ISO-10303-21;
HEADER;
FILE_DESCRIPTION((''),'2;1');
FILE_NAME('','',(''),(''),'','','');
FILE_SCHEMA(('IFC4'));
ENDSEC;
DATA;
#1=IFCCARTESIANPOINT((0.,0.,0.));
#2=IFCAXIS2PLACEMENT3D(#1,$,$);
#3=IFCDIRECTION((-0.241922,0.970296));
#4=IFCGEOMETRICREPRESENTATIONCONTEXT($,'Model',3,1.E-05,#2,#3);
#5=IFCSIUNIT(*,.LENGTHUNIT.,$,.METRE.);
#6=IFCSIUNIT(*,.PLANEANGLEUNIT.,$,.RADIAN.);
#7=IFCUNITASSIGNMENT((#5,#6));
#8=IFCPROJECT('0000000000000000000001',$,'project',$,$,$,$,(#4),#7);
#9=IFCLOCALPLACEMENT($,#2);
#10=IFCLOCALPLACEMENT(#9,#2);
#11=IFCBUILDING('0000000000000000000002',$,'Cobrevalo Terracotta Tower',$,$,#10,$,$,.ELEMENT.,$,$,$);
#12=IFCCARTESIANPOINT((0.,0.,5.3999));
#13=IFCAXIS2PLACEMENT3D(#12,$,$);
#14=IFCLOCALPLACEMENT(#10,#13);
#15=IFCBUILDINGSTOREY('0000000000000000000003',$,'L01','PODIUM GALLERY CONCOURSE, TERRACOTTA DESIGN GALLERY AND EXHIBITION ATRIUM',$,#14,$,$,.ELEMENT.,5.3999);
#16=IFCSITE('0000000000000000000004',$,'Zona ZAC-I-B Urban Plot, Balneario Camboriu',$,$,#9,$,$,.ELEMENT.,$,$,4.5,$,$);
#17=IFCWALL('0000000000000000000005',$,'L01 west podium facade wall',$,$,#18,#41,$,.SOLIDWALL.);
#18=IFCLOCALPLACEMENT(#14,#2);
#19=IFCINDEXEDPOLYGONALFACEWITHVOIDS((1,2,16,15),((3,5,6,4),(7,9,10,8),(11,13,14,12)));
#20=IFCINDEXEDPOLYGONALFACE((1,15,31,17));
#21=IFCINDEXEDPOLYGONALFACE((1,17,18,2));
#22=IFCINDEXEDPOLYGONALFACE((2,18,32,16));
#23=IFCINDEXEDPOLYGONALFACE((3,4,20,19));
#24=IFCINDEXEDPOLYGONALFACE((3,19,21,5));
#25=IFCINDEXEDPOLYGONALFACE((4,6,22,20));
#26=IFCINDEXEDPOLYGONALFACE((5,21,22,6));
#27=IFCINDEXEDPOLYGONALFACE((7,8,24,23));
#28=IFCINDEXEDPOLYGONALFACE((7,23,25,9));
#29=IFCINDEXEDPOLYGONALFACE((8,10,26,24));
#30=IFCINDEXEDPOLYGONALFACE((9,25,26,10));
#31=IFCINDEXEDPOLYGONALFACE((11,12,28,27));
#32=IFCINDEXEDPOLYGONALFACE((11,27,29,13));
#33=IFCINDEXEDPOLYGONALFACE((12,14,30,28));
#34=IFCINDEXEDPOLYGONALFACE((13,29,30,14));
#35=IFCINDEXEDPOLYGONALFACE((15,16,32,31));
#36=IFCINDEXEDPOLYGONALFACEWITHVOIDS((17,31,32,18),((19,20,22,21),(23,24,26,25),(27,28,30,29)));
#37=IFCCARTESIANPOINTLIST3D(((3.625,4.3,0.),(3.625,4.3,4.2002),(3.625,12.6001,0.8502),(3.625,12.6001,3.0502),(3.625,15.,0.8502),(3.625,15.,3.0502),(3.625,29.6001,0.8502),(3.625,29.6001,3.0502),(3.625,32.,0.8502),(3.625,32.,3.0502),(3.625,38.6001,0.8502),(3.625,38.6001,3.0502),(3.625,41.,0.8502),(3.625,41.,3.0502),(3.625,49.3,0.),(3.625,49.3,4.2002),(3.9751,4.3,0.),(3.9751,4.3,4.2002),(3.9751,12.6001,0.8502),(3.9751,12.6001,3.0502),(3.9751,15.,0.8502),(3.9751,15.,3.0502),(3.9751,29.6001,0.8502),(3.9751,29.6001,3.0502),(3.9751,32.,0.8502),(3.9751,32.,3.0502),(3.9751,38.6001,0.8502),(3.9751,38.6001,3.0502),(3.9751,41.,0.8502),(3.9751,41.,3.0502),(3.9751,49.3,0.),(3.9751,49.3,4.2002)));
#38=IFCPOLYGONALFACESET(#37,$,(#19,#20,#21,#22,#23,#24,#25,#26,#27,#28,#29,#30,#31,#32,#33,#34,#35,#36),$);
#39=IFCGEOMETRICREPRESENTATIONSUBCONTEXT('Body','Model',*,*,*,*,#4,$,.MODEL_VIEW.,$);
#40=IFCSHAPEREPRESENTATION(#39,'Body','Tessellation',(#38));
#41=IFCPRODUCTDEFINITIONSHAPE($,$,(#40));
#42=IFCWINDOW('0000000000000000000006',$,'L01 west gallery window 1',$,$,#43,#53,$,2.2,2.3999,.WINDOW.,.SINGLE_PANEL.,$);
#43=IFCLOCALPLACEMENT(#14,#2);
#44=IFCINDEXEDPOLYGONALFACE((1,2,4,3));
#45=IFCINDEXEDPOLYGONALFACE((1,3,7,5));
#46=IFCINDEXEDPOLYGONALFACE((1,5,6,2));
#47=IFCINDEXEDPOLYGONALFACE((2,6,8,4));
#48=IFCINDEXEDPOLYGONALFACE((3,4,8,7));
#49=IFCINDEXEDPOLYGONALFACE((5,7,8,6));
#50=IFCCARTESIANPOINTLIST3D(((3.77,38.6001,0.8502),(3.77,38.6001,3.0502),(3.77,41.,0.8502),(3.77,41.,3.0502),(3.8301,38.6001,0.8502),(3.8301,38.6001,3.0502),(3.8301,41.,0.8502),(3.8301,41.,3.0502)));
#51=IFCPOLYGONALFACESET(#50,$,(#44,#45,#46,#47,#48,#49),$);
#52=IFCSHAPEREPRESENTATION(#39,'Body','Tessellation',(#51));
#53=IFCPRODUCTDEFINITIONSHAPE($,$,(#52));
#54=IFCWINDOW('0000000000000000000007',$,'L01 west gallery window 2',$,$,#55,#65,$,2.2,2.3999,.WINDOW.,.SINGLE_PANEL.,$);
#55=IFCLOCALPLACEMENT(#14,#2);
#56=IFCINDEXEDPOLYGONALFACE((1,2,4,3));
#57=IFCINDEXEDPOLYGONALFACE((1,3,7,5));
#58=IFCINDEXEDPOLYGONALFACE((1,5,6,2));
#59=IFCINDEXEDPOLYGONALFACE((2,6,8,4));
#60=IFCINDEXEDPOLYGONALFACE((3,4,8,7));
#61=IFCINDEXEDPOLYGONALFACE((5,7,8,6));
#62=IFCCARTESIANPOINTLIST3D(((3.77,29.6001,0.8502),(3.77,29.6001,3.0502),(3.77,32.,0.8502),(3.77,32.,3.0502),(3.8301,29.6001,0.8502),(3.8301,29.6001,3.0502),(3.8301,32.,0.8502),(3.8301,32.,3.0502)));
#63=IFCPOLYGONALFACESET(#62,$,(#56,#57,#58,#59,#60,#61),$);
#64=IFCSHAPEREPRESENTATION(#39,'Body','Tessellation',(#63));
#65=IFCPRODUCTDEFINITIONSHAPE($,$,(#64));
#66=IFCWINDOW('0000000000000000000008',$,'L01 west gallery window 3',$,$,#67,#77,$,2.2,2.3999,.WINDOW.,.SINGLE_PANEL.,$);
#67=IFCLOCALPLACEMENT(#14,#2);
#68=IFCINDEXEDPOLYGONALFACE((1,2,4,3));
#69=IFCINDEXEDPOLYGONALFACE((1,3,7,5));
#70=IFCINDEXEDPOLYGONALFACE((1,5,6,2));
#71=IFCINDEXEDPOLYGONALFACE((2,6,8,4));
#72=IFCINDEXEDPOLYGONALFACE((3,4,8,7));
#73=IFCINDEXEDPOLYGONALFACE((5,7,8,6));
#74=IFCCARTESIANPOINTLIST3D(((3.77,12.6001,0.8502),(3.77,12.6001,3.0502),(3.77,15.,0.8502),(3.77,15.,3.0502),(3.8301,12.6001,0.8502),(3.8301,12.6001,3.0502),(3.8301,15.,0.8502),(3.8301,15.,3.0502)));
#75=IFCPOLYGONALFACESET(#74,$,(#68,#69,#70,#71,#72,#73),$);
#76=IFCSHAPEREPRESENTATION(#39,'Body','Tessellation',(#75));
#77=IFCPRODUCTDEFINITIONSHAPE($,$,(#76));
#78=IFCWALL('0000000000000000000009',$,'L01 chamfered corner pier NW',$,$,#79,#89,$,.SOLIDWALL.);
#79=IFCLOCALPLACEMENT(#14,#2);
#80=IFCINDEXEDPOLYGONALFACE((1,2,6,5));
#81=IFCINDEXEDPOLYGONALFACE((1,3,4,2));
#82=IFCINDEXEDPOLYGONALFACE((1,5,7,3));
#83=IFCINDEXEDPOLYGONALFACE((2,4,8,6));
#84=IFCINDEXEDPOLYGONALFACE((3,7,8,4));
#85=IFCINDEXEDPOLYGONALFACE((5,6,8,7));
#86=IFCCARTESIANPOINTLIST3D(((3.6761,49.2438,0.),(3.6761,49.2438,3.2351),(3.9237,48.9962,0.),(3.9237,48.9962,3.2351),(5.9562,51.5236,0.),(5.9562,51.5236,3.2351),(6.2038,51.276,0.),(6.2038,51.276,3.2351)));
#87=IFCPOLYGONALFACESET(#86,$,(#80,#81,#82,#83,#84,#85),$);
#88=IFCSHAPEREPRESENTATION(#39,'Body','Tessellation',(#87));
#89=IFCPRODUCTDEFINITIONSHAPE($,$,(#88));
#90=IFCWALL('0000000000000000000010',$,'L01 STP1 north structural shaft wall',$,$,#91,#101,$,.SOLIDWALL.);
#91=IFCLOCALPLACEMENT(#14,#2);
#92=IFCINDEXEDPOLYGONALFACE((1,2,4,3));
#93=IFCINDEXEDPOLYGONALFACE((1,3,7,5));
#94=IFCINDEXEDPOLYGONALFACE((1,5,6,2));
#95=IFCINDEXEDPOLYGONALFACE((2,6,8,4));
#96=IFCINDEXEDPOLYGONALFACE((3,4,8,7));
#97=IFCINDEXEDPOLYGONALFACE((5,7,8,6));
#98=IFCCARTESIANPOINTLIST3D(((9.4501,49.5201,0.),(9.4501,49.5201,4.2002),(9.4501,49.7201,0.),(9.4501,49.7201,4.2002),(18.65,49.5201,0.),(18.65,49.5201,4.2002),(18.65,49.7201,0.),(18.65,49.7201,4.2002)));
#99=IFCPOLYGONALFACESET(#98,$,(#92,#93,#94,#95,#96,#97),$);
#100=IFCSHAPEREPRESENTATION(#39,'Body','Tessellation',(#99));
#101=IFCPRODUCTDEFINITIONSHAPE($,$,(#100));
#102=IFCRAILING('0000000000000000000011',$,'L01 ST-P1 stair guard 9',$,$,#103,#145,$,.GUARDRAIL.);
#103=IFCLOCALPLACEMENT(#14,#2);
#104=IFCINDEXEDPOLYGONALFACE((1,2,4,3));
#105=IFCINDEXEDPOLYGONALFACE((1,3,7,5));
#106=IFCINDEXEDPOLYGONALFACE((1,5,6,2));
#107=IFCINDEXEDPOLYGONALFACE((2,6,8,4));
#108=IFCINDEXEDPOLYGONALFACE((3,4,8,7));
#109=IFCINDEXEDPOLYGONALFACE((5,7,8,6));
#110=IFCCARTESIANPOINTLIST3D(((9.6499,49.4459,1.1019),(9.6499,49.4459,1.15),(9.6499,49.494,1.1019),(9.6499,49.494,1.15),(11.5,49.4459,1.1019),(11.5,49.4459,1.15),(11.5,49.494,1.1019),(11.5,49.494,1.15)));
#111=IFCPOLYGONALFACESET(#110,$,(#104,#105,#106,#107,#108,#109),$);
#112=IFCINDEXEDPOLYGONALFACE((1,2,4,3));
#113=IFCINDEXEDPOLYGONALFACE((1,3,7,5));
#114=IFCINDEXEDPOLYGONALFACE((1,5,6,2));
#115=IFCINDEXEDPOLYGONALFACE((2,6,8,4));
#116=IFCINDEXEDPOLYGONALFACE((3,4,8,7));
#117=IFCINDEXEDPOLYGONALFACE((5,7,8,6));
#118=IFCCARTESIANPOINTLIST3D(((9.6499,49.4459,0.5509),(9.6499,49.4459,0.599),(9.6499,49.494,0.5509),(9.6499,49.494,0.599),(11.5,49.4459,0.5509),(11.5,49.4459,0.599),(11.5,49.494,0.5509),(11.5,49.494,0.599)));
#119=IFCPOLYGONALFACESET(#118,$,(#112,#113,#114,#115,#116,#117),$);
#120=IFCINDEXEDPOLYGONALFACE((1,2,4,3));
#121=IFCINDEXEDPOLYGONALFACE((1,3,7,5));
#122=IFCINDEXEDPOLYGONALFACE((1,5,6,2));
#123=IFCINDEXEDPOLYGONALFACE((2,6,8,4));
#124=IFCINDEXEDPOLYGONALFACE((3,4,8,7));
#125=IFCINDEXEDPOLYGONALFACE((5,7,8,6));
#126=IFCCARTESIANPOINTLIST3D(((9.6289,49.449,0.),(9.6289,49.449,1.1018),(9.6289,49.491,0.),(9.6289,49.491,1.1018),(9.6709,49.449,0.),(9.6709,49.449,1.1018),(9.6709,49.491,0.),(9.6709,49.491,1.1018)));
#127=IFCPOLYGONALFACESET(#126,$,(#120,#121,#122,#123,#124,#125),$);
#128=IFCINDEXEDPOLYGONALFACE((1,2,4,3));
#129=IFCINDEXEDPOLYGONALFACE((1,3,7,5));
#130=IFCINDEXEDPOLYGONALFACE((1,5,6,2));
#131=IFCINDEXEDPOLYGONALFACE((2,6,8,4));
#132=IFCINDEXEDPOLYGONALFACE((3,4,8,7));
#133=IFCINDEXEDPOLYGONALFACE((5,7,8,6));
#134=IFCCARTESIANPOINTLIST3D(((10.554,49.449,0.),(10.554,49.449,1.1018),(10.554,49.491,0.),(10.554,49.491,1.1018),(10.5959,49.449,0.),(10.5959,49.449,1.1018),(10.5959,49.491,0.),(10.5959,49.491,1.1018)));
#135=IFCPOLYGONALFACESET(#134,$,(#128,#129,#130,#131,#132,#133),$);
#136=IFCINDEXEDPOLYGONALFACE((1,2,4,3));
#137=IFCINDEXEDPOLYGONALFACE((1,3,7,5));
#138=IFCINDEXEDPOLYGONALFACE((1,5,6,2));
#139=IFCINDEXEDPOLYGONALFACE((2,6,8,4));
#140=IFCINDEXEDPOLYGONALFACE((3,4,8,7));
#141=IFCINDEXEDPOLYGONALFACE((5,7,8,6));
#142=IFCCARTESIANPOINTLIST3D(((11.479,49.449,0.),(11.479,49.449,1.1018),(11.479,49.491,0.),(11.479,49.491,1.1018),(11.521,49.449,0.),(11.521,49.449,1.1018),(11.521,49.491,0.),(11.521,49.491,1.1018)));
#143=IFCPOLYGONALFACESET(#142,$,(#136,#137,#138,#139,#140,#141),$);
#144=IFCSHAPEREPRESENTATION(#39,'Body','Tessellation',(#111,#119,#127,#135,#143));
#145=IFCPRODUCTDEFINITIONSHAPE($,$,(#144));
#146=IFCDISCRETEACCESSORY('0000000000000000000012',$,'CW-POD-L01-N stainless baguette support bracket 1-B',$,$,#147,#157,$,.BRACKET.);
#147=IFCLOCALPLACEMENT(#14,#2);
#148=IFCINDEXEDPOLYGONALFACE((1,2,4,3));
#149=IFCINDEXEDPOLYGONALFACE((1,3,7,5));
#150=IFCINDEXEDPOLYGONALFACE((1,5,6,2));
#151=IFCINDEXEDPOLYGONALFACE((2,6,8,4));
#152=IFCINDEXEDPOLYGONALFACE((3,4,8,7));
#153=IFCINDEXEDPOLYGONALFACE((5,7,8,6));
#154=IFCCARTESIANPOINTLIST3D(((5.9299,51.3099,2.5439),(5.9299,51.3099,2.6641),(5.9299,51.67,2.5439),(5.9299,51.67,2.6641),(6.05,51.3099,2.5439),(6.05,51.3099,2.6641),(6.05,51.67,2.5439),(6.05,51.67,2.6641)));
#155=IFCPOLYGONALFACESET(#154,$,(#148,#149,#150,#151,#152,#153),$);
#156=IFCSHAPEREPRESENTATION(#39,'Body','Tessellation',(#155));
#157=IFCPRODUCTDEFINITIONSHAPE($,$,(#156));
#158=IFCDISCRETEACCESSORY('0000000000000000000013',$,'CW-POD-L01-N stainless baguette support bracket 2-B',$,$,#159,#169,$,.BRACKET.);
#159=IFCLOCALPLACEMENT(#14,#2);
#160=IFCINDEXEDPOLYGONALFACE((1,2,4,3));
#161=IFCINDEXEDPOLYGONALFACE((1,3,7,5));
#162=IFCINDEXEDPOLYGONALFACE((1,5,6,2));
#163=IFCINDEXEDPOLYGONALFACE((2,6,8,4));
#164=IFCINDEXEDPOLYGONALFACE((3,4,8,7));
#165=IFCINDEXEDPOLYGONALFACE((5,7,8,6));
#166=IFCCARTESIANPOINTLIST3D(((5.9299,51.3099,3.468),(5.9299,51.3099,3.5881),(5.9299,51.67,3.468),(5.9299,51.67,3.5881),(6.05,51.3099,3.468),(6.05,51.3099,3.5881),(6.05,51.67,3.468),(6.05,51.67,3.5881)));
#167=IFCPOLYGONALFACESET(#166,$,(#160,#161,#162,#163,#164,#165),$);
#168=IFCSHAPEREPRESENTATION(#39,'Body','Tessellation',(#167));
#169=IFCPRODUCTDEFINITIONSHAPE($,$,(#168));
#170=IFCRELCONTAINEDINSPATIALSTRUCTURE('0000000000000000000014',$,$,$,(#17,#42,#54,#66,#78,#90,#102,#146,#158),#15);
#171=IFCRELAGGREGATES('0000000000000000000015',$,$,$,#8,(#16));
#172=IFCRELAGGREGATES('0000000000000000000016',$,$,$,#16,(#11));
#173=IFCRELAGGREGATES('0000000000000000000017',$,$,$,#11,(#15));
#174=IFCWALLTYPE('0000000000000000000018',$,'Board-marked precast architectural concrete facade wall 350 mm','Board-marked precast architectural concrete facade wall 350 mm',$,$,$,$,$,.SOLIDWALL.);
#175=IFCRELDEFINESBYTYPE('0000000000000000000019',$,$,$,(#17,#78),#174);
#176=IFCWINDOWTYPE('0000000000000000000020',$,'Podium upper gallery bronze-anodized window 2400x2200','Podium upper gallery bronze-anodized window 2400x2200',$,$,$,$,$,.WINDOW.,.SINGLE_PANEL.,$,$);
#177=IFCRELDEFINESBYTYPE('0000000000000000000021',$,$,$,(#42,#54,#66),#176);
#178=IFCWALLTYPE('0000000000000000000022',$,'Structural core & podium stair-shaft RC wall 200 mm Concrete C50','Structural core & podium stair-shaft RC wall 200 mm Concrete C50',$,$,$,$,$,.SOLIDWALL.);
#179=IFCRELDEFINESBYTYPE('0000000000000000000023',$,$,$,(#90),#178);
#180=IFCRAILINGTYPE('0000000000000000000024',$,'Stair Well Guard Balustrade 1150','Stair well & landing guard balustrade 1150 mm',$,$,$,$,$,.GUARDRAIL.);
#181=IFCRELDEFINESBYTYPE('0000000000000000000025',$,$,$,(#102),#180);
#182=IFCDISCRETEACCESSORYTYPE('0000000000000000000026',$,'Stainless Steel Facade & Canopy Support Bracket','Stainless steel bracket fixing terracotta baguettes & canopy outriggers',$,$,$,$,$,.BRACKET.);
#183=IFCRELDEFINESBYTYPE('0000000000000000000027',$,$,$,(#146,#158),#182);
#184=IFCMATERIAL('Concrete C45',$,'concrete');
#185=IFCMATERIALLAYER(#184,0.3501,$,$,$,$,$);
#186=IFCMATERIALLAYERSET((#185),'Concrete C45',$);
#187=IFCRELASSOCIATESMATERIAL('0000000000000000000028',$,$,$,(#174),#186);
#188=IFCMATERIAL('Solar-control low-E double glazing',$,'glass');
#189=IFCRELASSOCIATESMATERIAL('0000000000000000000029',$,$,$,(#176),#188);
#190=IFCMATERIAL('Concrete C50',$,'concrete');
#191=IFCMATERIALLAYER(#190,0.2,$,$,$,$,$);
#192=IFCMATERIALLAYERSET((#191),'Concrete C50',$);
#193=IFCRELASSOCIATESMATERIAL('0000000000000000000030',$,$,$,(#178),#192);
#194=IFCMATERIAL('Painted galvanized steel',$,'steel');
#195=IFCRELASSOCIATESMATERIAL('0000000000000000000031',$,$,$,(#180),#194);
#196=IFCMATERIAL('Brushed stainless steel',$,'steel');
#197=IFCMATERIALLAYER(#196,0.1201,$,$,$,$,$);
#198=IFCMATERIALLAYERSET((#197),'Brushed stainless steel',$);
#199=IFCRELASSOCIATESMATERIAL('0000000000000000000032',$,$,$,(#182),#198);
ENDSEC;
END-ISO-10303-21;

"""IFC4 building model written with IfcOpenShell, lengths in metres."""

from ifc_helpers import new_model, si_unit, direction, frame, frame_2d, origin, origin_2d, place, context, subcontext, project, spatial, rectangle, extrude, source, transform, mapped, material, layer, layer_set, type_object, element, fill, save


model = new_model("IFC4")

# Units and contexts
model_context = context("Model", 3, precision=1e-05, world=origin(), true_north=direction((-0.241922, 0.970296)))
body_context = subcontext(model_context, "Body", "Model", "MODEL_VIEW")
ifc_project = project(units=[si_unit("LENGTHUNIT", "METRE"), si_unit("PLANEANGLEUNIT", "RADIAN")], contexts=[model_context])

# Site, building, storey
site_placement = place(None, origin())
site = spatial("IfcSite", under=ifc_project, at=site_placement, Name="Zona ZAC-I-B Urban Plot, Balneario Camboriu", CompositionType="ELEMENT", RefElevation=4.5)
building_placement = place(site_placement, origin())
building = spatial("IfcBuilding", under=site, at=building_placement, Name="Cobrevalo Terracotta Tower", CompositionType="ELEMENT")
storey_placement = place(building_placement, frame((0.0, 0.0, 5.3999)))
storey = spatial("IfcBuildingStorey", under=building, at=storey_placement, Name="L01", Description="PODIUM GALLERY CONCOURSE, TERRACOTTA DESIGN GALLERY AND EXHIBITION ATRIUM", CompositionType="ELEMENT", Elevation=5.3999)

# Shared definitions
ifc_material_1 = material(Name="Concrete C50", Category="concrete")

# Wall, openings, windows
ifc_material_2 = material(Name="Concrete C45", Category="concrete")
ifc_layer_1 = layer(ifc_material_2, 0.3501)
ifc_layer_set_1 = layer_set([ifc_layer_1], Name="Concrete C45")
wall_type_1 = type_object("IfcWallType", Name="Board-marked precast architectural concrete facade wall 350 mm", Description="Board-marked precast architectural concrete facade wall 350 mm", PredefinedType="SOLIDWALL", material=ifc_layer_set_1)
wall_1_placement = place(storey_placement, frame((3.8, 49.3, 0.0), z_axis=(0.0, 0.0, 1.0), x_axis=(0.0, -1.0, 0.0)))
wall_1 = element("IfcWall", 1, at=wall_1_placement, inside=storey, type_object=wall_type_1, Name="L01 west podium facade wall", PredefinedType="SOLIDWALL", context=body_context, shape_type="SweptSolid", body=[
    extrude(rectangle(XDim=45.0, YDim=0.3501, at=frame_2d((22.5, 0.0))), origin(), (0.0, 0.0, 1.0), 4.2002),
])
opening_1_placement = place(wall_1_placement, frame((8.3, 0.0, 0.8501)))
opening_1 = element("IfcOpeningElement", 2, at=opening_1_placement, cuts=wall_1, PredefinedType="OPENING", context=body_context, shape_type="SweptSolid", body=[
    extrude(rectangle(XDim=2.3999, YDim=2.2, at=frame_2d((1.2, 1.1001))), frame((0.0, 0.1851, 0.0), z_axis=(0.0, -1.0, 0.0), x_axis=(1.0, 0.0, 0.0)), (0.0, 0.0, 1.0), 0.3701),
])
opening_2_placement = place(wall_1_placement, frame((17.3, 0.0, 0.8501)))
opening_2 = element("IfcOpeningElement", 3, at=opening_2_placement, cuts=wall_1, PredefinedType="OPENING", context=body_context, shape_type="SweptSolid", body=[
    extrude(rectangle(XDim=2.3999, YDim=2.2, at=frame_2d((1.2, 1.1001))), frame((0.0, 0.1851, 0.0), z_axis=(0.0, -1.0, 0.0), x_axis=(1.0, 0.0, 0.0)), (0.0, 0.0, 1.0), 0.3701),
])
opening_3_placement = place(wall_1_placement, frame((34.3, 0.0, 0.8501)))
opening_3 = element("IfcOpeningElement", 4, at=opening_3_placement, cuts=wall_1, PredefinedType="OPENING", context=body_context, shape_type="SweptSolid", body=[
    extrude(rectangle(XDim=2.3999, YDim=2.2, at=frame_2d((1.2, 1.1001))), frame((0.0, 0.1851, 0.0), z_axis=(0.0, -1.0, 0.0), x_axis=(1.0, 0.0, 0.0)), (0.0, 0.0, 1.0), 0.3701),
])
ifc_material_3 = material(Name="Solar-control low-E double glazing", Category="glass")
window_type = type_object("IfcWindowType", Name="Podium upper gallery bronze-anodized window 2400x2200", Description="Podium upper gallery bronze-anodized window 2400x2200", PartitioningType="SINGLE_PANEL", PredefinedType="WINDOW", material=ifc_material_3)
shared_shape_1 = source(origin(), body_context, "Body", "SweptSolid", [
    extrude(rectangle(XDim=2.3999, YDim=2.2, at=frame_2d((1.2, 1.1001))), frame((0.0, 0.03, 0.0), z_axis=(0.0, -1.0, 0.0), x_axis=(1.0, 0.0, 0.0)), (0.0, 0.0, 1.0), 0.0601),
])
window_1_placement = place(opening_1_placement, origin())
window_1 = element("IfcWindow", 5, at=window_1_placement, inside=storey, type_object=window_type, Name="L01 west gallery window 1", OverallHeight=2.2, OverallWidth=2.3999, PartitioningType="SINGLE_PANEL", PredefinedType="WINDOW", context=body_context, shape_type="MappedRepresentation", body=[
    mapped(shared_shape_1, transform((0.0, 0.0, 0.0), scale=1.0)),
])
fill(opening_1, window_1)
window_2_placement = place(opening_2_placement, origin())
window_2 = element("IfcWindow", 6, at=window_2_placement, inside=storey, type_object=window_type, Name="L01 west gallery window 2", OverallHeight=2.2, OverallWidth=2.3999, PartitioningType="SINGLE_PANEL", PredefinedType="WINDOW", context=body_context, shape_type="MappedRepresentation", body=[
    mapped(shared_shape_1, transform((0.0, 0.0, 0.0), scale=1.0)),
])
fill(opening_2, window_2)
window_3_placement = place(opening_3_placement, origin())
window_3 = element("IfcWindow", 7, at=window_3_placement, inside=storey, type_object=window_type, Name="L01 west gallery window 3", OverallHeight=2.2, OverallWidth=2.3999, PartitioningType="SINGLE_PANEL", PredefinedType="WINDOW", context=body_context, shape_type="MappedRepresentation", body=[
    mapped(shared_shape_1, transform((0.0, 0.0, 0.0), scale=1.0)),
])
fill(opening_3, window_3)

# Walls
wall_2_placement = place(storey_placement, frame((6.0801, 51.3999, 0.0), z_axis=(0.0, 0.0, 1.0), x_axis=(-0.707145, -0.707069, 0.0)))
element("IfcWall", 8, at=wall_2_placement, inside=storey, type_object=wall_type_1, Name="L01 chamfered corner pier NW", PredefinedType="SOLIDWALL", context=body_context, shape_type="SweptSolid", body=[
    extrude(rectangle(XDim=3.2244, YDim=0.3501, at=frame_2d((1.6123, 0.0))), origin(), (0.0, 0.0, 1.0), 3.2351),
])
ifc_layer_2 = layer(ifc_material_1, 0.2)
ifc_layer_set_2 = layer_set([ifc_layer_2], Name="Concrete C50")
wall_type_2 = type_object("IfcWallType", Name="Structural core & podium stair-shaft RC wall 200 mm Concrete C50", Description="Structural core & podium stair-shaft RC wall 200 mm Concrete C50", PredefinedType="SOLIDWALL", material=ifc_layer_set_2)
wall_3_placement = place(storey_placement, frame((9.45, 49.6201, 0.0), z_axis=(0.0, 0.0, 1.0), x_axis=(1.0, 0.0, 0.0)))
element("IfcWall", 9, at=wall_3_placement, inside=storey, type_object=wall_type_2, Name="L01 STP1 north structural shaft wall", PredefinedType="SOLIDWALL", context=body_context, shape_type="SweptSolid", body=[
    extrude(rectangle(XDim=9.2, YDim=0.2, at=frame_2d((4.6001, 0.0))), origin(), (0.0, 0.0, 1.0), 4.2002),
])

# Railing
ifc_material_4 = material(Name="Painted galvanized steel", Category="steel")
railing_type = type_object("IfcRailingType", Name="Stair Well Guard Balustrade 1150", Description="Stair well & landing guard balustrade 1150 mm", PredefinedType="GUARDRAIL", material=ifc_material_4)
railing_placement = place(storey_placement, frame((9.6499, 49.47, 0.0)))
element("IfcRailing", 10, at=railing_placement, inside=storey, type_object=railing_type, Name="L01 ST-P1 stair guard 9", PredefinedType="GUARDRAIL", context=body_context, shape_type="SweptSolid", body=[
    extrude(rectangle(XDim=0.0481, YDim=0.0481, at=origin_2d()), frame((0.0, 0.0, 1.126), z_axis=(1.0, 0.0, 0.0), x_axis=(0.0, 1.0, 0.0)), (0.0, 0.0, 1.0), 1.8501),
    extrude(rectangle(XDim=0.0481, YDim=0.0481, at=origin_2d()), frame((0.0, 0.0, 0.575), z_axis=(1.0, 0.0, 0.0), x_axis=(0.0, 1.0, 0.0)), (0.0, 0.0, 1.0), 1.8501),
    extrude(rectangle(XDim=0.042, YDim=0.042, at=origin_2d()), origin(), (0.0, 0.0, 1.0), 1.1018),
    extrude(rectangle(XDim=0.042, YDim=0.042, at=origin_2d()), frame((0.925, 0.0, 0.0)), (0.0, 0.0, 1.0), 1.1018),
    extrude(rectangle(XDim=0.042, YDim=0.042, at=origin_2d()), frame((1.8501, 0.0, 0.0)), (0.0, 0.0, 1.0), 1.1018),
])

# Discrete accessories
ifc_material_5 = material(Name="Brushed stainless steel", Category="steel")
ifc_layer_3 = layer(ifc_material_5, 0.1201)
ifc_layer_set_3 = layer_set([ifc_layer_3], Name="Brushed stainless steel")
discrete_accessory_type = type_object("IfcDiscreteAccessoryType", Name="Stainless Steel Facade & Canopy Support Bracket", Description="Stainless steel bracket fixing terracotta baguettes & canopy outriggers", PredefinedType="BRACKET", material=ifc_layer_set_3)
shared_shape_2 = source(origin(), body_context, "Body", "SweptSolid", [
    extrude(rectangle(XDim=0.1201, YDim=0.3601, at=origin_2d()), origin(), (0.0, 0.0, 1.0), 0.1201),
])
for number, where, z_axis, x_axis, name in (
    (11, (5.99, 51.49, 2.5439), (0.0, 0.0, 1.0), (-1.0, 0.0, 0.0), "CW-POD-L01-N stainless baguette support bracket 1-B"),
    (12, (5.99, 51.49, 3.468), (0.0, 0.0, 1.0), (-1.0, 0.0, 0.0), "CW-POD-L01-N stainless baguette support bracket 2-B"),
):
    element("IfcDiscreteAccessory", number, at=place(storey_placement, frame(where, z_axis=z_axis, x_axis=x_axis)), inside=storey, type_object=discrete_accessory_type, Name=name, PredefinedType="BRACKET", context=body_context, shape_type="MappedRepresentation", body=[
        mapped(shared_shape_2, transform((0.0, 0.0, 0.0), scale=1.0)),
    ])

save(model, "model.ifc")
